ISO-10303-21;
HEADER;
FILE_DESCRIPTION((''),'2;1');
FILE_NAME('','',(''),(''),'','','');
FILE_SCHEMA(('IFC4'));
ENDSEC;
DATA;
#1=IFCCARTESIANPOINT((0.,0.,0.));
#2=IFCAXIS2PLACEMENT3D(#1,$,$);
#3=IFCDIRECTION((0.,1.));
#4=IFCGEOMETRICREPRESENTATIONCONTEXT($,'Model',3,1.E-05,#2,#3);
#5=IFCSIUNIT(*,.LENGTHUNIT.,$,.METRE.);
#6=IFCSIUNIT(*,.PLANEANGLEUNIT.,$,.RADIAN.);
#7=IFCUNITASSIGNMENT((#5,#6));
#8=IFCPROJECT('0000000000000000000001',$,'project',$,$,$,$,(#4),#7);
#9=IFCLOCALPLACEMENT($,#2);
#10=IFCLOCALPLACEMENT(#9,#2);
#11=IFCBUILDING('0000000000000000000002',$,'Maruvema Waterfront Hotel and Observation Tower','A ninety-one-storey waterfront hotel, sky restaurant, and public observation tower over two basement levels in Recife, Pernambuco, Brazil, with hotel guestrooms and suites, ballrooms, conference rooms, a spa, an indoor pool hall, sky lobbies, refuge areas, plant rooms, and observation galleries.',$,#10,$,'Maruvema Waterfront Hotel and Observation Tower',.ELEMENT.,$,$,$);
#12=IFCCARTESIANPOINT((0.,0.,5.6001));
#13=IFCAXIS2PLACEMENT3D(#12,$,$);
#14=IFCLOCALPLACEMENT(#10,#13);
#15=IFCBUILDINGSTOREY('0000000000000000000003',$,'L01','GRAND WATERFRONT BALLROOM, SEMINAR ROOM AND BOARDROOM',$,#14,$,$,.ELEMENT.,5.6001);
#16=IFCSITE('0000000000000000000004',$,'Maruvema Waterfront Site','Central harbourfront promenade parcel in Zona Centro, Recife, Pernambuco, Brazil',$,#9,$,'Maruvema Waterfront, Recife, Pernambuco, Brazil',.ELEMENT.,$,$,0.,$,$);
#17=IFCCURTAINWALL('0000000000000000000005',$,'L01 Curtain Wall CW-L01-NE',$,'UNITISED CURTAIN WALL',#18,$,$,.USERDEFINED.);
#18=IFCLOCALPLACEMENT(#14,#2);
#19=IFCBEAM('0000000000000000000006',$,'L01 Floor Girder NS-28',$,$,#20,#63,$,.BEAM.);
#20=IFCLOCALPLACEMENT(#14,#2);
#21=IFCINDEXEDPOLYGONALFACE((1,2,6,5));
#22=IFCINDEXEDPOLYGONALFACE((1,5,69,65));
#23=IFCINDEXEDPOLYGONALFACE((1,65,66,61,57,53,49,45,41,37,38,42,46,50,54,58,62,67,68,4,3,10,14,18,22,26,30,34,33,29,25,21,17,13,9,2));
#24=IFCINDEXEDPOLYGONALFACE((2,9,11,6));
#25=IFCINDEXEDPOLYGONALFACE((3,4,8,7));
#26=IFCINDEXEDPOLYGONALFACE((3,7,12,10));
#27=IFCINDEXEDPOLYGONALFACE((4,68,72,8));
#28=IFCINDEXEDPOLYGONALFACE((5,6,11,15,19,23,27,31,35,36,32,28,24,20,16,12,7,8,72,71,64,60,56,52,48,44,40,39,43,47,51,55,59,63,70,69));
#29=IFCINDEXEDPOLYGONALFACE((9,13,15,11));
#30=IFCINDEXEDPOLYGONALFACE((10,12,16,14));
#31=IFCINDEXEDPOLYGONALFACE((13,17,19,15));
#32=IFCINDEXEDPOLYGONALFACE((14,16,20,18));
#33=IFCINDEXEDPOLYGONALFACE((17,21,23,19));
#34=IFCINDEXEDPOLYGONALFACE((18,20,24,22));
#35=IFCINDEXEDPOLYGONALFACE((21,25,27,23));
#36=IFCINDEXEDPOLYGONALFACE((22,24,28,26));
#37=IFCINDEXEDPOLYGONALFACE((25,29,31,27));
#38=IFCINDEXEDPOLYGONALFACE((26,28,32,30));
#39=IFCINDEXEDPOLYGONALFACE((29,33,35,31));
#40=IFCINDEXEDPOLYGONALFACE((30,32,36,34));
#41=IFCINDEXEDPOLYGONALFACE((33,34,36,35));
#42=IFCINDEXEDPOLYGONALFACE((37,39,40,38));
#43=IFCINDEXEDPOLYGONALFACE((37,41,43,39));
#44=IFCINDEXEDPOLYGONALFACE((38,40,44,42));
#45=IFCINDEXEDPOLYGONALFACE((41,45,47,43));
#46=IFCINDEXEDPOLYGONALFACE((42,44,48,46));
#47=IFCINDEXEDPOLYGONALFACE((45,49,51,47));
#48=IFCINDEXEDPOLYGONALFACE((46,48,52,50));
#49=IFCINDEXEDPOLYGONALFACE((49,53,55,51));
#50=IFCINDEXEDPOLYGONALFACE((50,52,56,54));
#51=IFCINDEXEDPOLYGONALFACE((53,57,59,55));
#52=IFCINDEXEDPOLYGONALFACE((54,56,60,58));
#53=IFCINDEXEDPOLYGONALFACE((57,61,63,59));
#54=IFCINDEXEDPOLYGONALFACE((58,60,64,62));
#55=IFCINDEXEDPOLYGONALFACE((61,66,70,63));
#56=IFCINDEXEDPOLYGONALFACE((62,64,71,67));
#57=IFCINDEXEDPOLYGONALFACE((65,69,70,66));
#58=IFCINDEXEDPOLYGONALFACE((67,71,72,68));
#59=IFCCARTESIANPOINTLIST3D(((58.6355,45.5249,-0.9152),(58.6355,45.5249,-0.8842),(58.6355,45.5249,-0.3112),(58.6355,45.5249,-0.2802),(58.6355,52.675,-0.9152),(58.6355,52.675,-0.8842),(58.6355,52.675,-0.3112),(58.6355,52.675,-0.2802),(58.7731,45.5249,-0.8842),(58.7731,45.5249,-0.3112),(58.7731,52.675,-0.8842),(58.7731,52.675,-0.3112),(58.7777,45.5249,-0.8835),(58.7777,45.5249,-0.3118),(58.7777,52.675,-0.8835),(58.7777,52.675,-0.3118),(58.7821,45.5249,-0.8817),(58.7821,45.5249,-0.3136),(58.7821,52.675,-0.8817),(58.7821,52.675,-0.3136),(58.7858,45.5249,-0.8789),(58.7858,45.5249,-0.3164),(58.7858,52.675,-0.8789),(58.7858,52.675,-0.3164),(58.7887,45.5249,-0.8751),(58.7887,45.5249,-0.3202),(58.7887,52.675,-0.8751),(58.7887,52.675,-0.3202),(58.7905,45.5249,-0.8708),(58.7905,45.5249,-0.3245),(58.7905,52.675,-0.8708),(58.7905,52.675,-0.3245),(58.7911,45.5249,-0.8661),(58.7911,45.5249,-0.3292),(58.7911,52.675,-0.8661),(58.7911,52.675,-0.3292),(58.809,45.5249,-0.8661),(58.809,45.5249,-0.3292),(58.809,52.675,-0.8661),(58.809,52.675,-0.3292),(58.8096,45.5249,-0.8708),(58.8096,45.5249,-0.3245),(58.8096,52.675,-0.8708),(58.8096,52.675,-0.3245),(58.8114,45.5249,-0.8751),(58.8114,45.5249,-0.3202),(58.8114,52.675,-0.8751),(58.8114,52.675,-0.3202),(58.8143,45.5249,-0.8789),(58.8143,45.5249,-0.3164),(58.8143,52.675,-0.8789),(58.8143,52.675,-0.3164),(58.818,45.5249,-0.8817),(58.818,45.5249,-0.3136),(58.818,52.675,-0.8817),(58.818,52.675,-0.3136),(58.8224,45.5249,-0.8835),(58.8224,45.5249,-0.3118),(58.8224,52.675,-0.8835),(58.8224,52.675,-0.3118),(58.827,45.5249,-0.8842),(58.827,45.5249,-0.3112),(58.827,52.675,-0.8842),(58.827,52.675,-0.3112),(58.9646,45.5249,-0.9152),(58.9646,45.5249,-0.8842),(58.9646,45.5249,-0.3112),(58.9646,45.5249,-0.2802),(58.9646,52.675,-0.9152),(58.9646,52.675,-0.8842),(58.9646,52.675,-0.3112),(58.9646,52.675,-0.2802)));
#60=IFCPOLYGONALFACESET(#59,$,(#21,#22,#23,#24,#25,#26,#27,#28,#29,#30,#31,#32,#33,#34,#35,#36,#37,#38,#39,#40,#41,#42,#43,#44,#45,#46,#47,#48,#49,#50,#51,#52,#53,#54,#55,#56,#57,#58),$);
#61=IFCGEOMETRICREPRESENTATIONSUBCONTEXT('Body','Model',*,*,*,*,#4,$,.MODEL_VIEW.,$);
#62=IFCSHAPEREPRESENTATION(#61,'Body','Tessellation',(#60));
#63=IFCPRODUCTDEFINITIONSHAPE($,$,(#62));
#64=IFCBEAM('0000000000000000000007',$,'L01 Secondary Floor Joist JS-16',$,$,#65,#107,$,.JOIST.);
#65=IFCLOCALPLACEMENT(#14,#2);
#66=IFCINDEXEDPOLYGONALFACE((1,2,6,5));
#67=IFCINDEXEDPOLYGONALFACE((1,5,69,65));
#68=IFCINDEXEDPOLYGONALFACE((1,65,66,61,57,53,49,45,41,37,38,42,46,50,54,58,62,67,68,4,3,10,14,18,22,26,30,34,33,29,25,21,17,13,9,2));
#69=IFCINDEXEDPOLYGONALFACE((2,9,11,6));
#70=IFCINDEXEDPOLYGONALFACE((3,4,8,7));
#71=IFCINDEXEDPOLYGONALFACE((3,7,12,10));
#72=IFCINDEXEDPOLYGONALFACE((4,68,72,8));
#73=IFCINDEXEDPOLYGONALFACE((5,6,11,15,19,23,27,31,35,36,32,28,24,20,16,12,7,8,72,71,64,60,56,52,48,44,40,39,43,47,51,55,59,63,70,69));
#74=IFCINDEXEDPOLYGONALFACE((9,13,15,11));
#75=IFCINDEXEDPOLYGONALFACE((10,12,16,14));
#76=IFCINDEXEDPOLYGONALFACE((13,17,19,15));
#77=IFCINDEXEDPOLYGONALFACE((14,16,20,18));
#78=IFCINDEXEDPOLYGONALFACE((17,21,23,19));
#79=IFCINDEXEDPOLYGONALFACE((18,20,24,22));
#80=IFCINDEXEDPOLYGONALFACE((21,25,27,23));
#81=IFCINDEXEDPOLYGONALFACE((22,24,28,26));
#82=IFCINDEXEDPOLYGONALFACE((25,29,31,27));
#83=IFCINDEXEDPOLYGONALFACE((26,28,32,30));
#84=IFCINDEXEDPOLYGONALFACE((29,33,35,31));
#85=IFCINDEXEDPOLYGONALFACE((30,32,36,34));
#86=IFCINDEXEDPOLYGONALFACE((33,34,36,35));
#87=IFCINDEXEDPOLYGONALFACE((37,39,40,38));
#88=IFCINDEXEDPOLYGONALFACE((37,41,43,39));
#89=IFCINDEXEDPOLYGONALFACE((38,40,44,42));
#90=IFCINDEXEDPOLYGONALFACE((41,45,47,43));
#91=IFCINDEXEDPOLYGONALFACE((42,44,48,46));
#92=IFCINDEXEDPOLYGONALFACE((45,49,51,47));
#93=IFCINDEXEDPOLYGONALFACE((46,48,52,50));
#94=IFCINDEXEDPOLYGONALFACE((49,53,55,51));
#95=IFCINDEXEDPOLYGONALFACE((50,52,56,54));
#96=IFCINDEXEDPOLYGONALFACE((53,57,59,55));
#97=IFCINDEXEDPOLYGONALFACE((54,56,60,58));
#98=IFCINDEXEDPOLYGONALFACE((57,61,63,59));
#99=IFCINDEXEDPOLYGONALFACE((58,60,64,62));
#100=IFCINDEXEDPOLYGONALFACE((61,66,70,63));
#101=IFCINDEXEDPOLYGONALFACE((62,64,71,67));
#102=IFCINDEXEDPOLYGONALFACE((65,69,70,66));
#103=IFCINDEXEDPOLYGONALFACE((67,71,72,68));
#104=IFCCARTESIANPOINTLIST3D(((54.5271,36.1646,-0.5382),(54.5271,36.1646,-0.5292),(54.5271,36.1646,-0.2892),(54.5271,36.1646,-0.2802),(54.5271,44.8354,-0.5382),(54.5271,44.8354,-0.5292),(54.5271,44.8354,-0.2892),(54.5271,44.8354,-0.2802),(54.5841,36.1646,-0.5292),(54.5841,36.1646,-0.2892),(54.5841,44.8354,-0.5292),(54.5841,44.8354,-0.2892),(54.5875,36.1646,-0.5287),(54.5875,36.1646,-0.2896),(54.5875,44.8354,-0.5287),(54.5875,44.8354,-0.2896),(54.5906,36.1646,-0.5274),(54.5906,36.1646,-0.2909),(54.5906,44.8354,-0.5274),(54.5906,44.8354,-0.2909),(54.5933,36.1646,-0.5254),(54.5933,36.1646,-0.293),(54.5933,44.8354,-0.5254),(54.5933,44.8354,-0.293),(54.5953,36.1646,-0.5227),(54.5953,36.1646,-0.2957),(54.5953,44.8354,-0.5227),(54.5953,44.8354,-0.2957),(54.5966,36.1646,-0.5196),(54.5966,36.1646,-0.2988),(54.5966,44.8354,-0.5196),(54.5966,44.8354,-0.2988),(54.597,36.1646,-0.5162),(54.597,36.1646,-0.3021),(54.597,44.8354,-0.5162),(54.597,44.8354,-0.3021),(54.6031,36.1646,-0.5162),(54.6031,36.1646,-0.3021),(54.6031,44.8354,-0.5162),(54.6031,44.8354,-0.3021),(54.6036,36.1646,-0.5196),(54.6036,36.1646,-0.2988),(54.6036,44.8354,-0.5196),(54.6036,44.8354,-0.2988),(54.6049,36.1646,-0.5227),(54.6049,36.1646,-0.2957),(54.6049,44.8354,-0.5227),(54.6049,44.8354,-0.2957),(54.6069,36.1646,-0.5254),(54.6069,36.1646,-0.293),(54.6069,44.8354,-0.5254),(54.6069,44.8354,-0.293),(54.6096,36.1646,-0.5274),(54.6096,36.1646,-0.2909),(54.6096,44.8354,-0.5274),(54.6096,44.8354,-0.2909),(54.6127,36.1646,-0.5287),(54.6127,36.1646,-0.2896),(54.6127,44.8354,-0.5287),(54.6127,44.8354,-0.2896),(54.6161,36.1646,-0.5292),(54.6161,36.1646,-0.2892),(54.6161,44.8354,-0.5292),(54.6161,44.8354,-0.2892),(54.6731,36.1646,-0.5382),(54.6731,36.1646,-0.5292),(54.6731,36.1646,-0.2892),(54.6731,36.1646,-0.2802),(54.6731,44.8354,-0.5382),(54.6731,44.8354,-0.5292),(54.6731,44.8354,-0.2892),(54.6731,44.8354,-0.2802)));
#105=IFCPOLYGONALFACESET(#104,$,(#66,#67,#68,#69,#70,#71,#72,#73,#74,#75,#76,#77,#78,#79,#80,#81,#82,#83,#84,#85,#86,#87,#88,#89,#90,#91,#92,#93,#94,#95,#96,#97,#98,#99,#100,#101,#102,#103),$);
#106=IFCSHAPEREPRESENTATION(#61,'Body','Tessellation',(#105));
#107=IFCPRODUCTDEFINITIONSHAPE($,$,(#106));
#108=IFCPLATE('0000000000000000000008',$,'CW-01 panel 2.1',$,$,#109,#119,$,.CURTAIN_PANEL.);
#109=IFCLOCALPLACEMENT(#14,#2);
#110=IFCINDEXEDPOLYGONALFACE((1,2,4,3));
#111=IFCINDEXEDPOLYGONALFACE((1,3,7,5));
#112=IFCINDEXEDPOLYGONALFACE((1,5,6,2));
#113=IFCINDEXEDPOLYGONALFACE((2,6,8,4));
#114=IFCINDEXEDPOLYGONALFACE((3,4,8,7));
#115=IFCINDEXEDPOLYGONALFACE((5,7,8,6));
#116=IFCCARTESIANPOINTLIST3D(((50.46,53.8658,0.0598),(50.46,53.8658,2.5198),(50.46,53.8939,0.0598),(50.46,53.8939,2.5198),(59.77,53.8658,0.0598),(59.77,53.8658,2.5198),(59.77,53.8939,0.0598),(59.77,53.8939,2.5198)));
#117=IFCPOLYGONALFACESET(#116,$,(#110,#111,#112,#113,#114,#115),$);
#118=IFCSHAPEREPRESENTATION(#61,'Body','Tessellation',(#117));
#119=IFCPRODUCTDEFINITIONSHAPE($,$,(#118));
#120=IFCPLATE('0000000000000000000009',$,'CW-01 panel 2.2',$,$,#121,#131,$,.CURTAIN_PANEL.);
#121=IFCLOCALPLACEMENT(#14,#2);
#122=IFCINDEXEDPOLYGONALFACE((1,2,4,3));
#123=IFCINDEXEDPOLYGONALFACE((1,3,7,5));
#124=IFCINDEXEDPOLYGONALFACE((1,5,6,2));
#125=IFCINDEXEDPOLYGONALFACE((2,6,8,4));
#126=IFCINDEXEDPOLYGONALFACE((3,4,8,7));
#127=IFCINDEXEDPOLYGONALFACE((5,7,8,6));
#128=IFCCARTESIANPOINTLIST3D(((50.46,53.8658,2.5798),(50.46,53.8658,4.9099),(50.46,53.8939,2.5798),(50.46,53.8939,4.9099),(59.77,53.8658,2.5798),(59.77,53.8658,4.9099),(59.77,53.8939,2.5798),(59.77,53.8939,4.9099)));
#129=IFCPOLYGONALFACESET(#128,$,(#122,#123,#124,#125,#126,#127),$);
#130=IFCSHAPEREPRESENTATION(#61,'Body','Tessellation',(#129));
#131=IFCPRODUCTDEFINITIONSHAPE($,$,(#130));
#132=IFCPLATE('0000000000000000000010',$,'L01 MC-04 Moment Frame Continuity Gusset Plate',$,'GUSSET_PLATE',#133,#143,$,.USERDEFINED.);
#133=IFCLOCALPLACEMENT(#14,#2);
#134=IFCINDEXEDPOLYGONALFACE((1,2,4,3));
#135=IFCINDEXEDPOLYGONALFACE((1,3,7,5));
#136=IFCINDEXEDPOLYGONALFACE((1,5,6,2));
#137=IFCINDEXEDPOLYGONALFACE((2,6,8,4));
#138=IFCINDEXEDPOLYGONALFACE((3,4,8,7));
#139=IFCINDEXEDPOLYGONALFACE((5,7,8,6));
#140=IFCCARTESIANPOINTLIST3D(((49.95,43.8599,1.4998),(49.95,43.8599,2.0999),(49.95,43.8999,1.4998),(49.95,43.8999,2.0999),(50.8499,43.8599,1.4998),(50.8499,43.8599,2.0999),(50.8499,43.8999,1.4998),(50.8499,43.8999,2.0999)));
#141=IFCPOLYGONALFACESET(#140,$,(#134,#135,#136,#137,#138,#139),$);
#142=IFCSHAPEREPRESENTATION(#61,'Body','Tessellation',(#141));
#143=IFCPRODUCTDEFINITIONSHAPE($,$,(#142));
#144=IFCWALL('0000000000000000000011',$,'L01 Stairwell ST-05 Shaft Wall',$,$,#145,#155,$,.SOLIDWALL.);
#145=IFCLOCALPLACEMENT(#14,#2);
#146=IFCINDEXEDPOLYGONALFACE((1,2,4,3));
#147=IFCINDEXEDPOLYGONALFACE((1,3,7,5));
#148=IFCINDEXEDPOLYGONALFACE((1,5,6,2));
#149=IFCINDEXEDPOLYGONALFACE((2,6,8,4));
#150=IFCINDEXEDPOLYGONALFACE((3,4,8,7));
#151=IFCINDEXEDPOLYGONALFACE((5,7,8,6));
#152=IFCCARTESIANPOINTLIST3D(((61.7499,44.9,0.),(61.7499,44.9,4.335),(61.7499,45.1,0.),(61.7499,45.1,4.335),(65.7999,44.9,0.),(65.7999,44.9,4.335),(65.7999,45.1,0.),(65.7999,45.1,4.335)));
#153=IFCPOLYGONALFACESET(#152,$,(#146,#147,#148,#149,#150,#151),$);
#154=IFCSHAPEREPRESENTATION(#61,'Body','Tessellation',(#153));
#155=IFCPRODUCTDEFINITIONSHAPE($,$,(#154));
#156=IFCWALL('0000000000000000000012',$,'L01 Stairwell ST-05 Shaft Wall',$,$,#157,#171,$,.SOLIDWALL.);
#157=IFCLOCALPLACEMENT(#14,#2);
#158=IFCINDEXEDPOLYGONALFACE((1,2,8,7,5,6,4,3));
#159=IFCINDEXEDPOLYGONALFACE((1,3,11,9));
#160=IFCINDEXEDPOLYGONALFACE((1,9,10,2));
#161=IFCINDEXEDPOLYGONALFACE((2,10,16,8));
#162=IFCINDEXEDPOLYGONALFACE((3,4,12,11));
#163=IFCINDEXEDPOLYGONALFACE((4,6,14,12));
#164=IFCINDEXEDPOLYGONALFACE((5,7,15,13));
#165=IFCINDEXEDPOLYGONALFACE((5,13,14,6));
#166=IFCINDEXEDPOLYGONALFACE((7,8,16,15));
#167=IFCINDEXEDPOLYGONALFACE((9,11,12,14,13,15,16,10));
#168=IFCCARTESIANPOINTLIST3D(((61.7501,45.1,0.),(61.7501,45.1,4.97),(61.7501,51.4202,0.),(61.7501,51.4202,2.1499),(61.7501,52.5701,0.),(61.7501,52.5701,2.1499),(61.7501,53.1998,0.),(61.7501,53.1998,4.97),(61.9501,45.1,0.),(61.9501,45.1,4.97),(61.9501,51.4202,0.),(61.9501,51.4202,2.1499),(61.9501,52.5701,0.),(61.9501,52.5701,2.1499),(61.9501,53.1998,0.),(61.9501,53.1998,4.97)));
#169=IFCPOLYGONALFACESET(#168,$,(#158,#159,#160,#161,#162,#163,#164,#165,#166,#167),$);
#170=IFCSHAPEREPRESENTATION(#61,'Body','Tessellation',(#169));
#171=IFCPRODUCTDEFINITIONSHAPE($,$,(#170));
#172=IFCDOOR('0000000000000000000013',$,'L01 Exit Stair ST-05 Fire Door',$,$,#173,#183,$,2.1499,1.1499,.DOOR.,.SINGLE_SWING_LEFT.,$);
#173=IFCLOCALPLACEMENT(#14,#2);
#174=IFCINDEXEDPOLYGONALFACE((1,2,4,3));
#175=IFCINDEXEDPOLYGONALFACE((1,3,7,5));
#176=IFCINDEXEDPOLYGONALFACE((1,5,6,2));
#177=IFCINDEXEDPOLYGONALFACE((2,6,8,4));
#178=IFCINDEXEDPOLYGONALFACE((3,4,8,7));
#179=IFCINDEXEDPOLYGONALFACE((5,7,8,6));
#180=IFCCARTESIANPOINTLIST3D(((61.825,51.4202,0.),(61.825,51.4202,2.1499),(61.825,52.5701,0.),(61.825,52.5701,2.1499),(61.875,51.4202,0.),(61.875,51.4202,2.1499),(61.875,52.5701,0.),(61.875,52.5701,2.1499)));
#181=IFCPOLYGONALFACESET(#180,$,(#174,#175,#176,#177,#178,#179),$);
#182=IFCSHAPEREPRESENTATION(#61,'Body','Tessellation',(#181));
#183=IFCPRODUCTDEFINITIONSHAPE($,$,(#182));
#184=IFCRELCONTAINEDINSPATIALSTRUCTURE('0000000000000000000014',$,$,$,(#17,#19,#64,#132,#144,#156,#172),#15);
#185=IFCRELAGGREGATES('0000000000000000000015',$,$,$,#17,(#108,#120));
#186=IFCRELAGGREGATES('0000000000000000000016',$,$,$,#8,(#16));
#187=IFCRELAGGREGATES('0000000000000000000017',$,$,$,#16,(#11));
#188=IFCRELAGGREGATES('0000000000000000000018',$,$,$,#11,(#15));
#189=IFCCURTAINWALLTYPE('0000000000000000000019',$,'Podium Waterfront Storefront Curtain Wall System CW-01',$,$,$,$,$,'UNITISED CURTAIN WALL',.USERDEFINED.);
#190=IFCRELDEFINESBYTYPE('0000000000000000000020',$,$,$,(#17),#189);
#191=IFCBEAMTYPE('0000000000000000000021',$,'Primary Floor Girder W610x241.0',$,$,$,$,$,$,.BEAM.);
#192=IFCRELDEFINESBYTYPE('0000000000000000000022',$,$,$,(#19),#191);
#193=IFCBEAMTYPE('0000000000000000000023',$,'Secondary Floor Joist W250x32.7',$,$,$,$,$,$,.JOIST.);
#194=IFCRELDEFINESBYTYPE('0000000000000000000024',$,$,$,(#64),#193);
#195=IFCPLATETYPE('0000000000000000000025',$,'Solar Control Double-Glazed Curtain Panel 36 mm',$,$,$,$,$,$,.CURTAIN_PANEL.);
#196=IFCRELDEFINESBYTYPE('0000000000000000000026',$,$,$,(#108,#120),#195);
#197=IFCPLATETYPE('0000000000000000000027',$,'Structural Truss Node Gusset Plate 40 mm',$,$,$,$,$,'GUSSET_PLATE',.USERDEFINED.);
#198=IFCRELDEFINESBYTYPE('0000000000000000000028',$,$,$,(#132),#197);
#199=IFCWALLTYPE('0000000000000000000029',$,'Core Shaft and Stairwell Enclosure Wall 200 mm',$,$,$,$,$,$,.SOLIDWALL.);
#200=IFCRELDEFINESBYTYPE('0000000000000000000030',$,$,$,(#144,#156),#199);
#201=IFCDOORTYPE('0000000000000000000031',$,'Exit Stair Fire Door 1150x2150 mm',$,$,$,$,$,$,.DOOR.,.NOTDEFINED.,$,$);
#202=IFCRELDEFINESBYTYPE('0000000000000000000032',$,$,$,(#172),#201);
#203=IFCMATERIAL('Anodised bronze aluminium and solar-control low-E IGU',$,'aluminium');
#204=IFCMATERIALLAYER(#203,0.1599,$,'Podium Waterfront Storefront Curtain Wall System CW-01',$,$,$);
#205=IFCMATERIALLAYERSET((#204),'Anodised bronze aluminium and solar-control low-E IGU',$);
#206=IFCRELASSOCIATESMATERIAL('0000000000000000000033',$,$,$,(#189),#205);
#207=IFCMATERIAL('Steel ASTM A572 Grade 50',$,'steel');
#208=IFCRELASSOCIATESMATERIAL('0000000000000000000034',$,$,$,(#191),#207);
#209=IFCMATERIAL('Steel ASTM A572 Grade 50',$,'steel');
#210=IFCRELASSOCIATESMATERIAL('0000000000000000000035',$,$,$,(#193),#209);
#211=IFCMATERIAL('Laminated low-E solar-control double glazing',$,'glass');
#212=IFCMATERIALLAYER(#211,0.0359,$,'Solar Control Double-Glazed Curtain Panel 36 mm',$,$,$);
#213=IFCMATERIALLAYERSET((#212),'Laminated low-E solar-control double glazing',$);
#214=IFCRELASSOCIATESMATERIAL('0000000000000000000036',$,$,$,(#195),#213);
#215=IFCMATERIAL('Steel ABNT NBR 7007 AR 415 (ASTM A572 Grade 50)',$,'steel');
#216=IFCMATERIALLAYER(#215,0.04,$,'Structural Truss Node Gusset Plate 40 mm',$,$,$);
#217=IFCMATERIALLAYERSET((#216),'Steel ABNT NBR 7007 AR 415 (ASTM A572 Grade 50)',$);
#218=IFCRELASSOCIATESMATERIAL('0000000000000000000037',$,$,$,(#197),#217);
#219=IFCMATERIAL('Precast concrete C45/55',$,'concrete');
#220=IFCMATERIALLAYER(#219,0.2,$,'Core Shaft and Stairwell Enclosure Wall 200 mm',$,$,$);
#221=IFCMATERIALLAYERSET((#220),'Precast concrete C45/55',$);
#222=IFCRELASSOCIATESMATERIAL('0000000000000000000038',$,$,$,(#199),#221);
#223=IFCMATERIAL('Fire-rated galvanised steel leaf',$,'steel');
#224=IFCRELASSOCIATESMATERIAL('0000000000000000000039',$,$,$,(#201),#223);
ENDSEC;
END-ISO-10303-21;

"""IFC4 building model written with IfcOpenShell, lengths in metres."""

from ifc_helpers import new_model, si_unit, direction, frame, frame_2d, origin, origin_2d, place, context, subcontext, project, spatial, rectangle, i_section, extrude, material, layer, layer_set, material_profile, profile_set, type_object, element, fill, aggregate, save


model = new_model("IFC4")

# Units and contexts
model_context = context("Model", 3, precision=1e-05, world=origin(), true_north=direction((0.0, 1.0)))
body_context = subcontext(model_context, "Body", "Model", "MODEL_VIEW")
ifc_project = project(units=[si_unit("LENGTHUNIT", "METRE"), si_unit("PLANEANGLEUNIT", "RADIAN")], contexts=[model_context])

# Site, building, storey
site_placement = place(None, origin())
site = spatial("IfcSite", under=ifc_project, at=site_placement, Name="Maruvema Waterfront Site", Description="Central harbourfront promenade parcel in Zona Centro, Recife, Pernambuco, Brazil", LongName="Maruvema Waterfront, Recife, Pernambuco, Brazil", CompositionType="ELEMENT", RefElevation=0.0)
building_placement = place(site_placement, origin())
building = spatial("IfcBuilding", under=site, at=building_placement, Name="Maruvema Waterfront Hotel and Observation Tower", Description="A ninety-one-storey waterfront hotel, sky restaurant, and public observation tower over two basement levels in Recife, Pernambuco, Brazil, with hotel guestrooms and suites, ballrooms, conference rooms, a spa, an indoor pool hall, sky lobbies, refuge areas, plant rooms, and observation galleries.", LongName="Maruvema Waterfront Hotel and Observation Tower", CompositionType="ELEMENT")
storey_placement = place(building_placement, frame((0.0, 0.0, 5.6001)))
storey = spatial("IfcBuildingStorey", under=building, at=storey_placement, Name="L01", Description="GRAND WATERFRONT BALLROOM, SEMINAR ROOM AND BOARDROOM", CompositionType="ELEMENT", Elevation=5.6001)

# Curtain wall
ifc_material_1 = material(Name="Anodised bronze aluminium and solar-control low-E IGU", Category="aluminium")
ifc_layer_1 = layer(ifc_material_1, 0.1599, Name="Podium Waterfront Storefront Curtain Wall System CW-01")
ifc_layer_set_1 = layer_set([ifc_layer_1], Name="Anodised bronze aluminium and solar-control low-E IGU")
curtain_wall_type = type_object("IfcCurtainWallType", Name="Podium Waterfront Storefront Curtain Wall System CW-01", ElementType="UNITISED CURTAIN WALL", PredefinedType="USERDEFINED", material=ifc_layer_set_1)
curtain_wall_placement = place(storey_placement, origin())
curtain_wall = element("IfcCurtainWall", 1, at=curtain_wall_placement, inside=storey, type_object=curtain_wall_type, Name="L01 Curtain Wall CW-L01-NE", ObjectType="UNITISED CURTAIN WALL", PredefinedType="USERDEFINED")

# Beams
ifc_material_2 = material(Name="Steel ASTM A572 Grade 50", Category="steel")
ifc_material_profile_1 = material_profile(ifc_material_2, i_section(OverallWidth=0.3291, OverallDepth=0.635, WebThickness=0.0178, FlangeThickness=0.031, FilletRadius=0.0181, at=origin_2d()), Name="W610x241.0")
ifc_profile_set_1 = profile_set([ifc_material_profile_1], Name="Steel ASTM A572 Grade 50")
beam_type_1 = type_object("IfcBeamType", Name="Primary Floor Girder W610x241.0", PredefinedType="BEAM", material=ifc_profile_set_1)
beam_1_placement = place(storey_placement, frame((58.8, 45.5249, -0.5977), z_axis=(0.0, 1.0, 0.0), x_axis=(-1.0, 0.0, 0.0)))
element("IfcBeam", 2, at=beam_1_placement, inside=storey, type_object=beam_type_1, Name="L01 Floor Girder NS-28", PredefinedType="BEAM", context=body_context, shape_type="SweptSolid", body=[
    extrude(i_section(OverallWidth=0.3291, OverallDepth=0.635, WebThickness=0.0178, FlangeThickness=0.031, FilletRadius=0.0181, at=origin_2d()), origin(), (0.0, 0.0, 1.0), 7.1501),
])
ifc_material_3 = material(Name="Steel ASTM A572 Grade 50", Category="steel")
ifc_material_profile_2 = material_profile(ifc_material_3, i_section(OverallWidth=0.146, OverallDepth=0.2581, WebThickness=0.0061, FlangeThickness=0.009, FilletRadius=0.0129, at=origin_2d()), Name="W250x32.7")
ifc_profile_set_2 = profile_set([ifc_material_profile_2], Name="Steel ASTM A572 Grade 50")
beam_type_2 = type_object("IfcBeamType", Name="Secondary Floor Joist W250x32.7", PredefinedType="JOIST", material=ifc_profile_set_2)
beam_2_placement = place(storey_placement, frame((54.6001, 36.1646, -0.4092), z_axis=(0.0, 1.0, 0.0), x_axis=(-1.0, 0.0, 0.0)))
element("IfcBeam", 3, at=beam_2_placement, inside=storey, type_object=beam_type_2, Name="L01 Secondary Floor Joist JS-16", PredefinedType="JOIST", context=body_context, shape_type="SweptSolid", body=[
    extrude(i_section(OverallWidth=0.146, OverallDepth=0.2581, WebThickness=0.0061, FlangeThickness=0.009, FilletRadius=0.0129, at=origin_2d()), origin(), (0.0, 0.0, 1.0), 8.6709),
])

# Plates
ifc_material_4 = material(Name="Laminated low-E solar-control double glazing", Category="glass")
ifc_layer_2 = layer(ifc_material_4, 0.0359, Name="Solar Control Double-Glazed Curtain Panel 36 mm")
ifc_layer_set_2 = layer_set([ifc_layer_2], Name="Laminated low-E solar-control double glazing")
plate_type_1 = type_object("IfcPlateType", Name="Solar Control Double-Glazed Curtain Panel 36 mm", PredefinedType="CURTAIN_PANEL", material=ifc_layer_set_2)
plate_1_placement = place(storey_placement, frame((55.115, 53.8799, 0.0598), z_axis=(0.0, 0.0, 1.0), x_axis=(-1.0, 0.0, 0.0)))
plate_1 = element("IfcPlate", 4, at=plate_1_placement, type_object=plate_type_1, Name="CW-01 panel 2.1", PredefinedType="CURTAIN_PANEL", context=body_context, shape_type="SweptSolid", body=[
    extrude(rectangle(XDim=9.3101, YDim=0.0281, at=origin_2d()), origin(), (0.0, 0.0, 1.0), 2.46),
])
plate_2_placement = place(storey_placement, frame((55.115, 53.8799, 2.5798), z_axis=(0.0, 0.0, 1.0), x_axis=(-1.0, 0.0, 0.0)))
plate_2 = element("IfcPlate", 5, at=plate_2_placement, type_object=plate_type_1, Name="CW-01 panel 2.2", PredefinedType="CURTAIN_PANEL", context=body_context, shape_type="SweptSolid", body=[
    extrude(rectangle(XDim=9.3101, YDim=0.0281, at=origin_2d()), origin(), (0.0, 0.0, 1.0), 2.3301),
])
aggregate(curtain_wall, [plate_1, plate_2])
ifc_material_5 = material(Name="Steel ABNT NBR 7007 AR 415 (ASTM A572 Grade 50)", Category="steel")
ifc_layer_3 = layer(ifc_material_5, 0.04, Name="Structural Truss Node Gusset Plate 40 mm")
ifc_layer_set_3 = layer_set([ifc_layer_3], Name="Steel ABNT NBR 7007 AR 415 (ASTM A572 Grade 50)")
plate_type_2 = type_object("IfcPlateType", Name="Structural Truss Node Gusset Plate 40 mm", ElementType="GUSSET_PLATE", PredefinedType="USERDEFINED", material=ifc_layer_set_3)
plate_3_placement = place(storey_placement, frame((50.3999, 43.8799, 1.4998), z_axis=(0.0, 0.0, 1.0), x_axis=(1.0, 0.0, 0.0)))
element("IfcPlate", 6, at=plate_3_placement, inside=storey, type_object=plate_type_2, Name="L01 MC-04 Moment Frame Continuity Gusset Plate", ObjectType="GUSSET_PLATE", PredefinedType="USERDEFINED", context=body_context, shape_type="SweptSolid", body=[
    extrude(rectangle(XDim=0.8999, YDim=0.04, at=origin_2d()), origin(), (0.0, 0.0, 1.0), 0.6001),
])

# Wall
ifc_material_6 = material(Name="Precast concrete C45/55", Category="concrete")
ifc_layer_4 = layer(ifc_material_6, 0.2, Name="Core Shaft and Stairwell Enclosure Wall 200 mm")
ifc_layer_set_4 = layer_set([ifc_layer_4], Name="Precast concrete C45/55")
wall_type = type_object("IfcWallType", Name="Core Shaft and Stairwell Enclosure Wall 200 mm", PredefinedType="SOLIDWALL", material=ifc_layer_set_4)
wall_1_placement = place(storey_placement, frame((61.75, 45.0, 0.0), z_axis=(0.0, 0.0, 1.0), x_axis=(1.0, 0.0, 0.0)))
element("IfcWall", 7, at=wall_1_placement, inside=storey, type_object=wall_type, Name="L01 Stairwell ST-05 Shaft Wall", PredefinedType="SOLIDWALL", context=body_context, shape_type="SweptSolid", body=[
    extrude(rectangle(XDim=4.05, YDim=0.2, at=frame_2d((2.0249, 0.0))), origin(), (0.0, 0.0, 1.0), 4.335),
])

# Wall, opening, door
wall_2_placement = place(storey_placement, frame((61.8501, 45.1001, 0.0), z_axis=(0.0, 0.0, 1.0), x_axis=(0.0, 1.0, 0.0)))
wall_2 = element("IfcWall", 8, at=wall_2_placement, inside=storey, type_object=wall_type, Name="L01 Stairwell ST-05 Shaft Wall", PredefinedType="SOLIDWALL", context=body_context, shape_type="SweptSolid", body=[
    extrude(rectangle(XDim=8.0999, YDim=0.2, at=frame_2d((4.0498, 0.0))), origin(), (0.0, 0.0, 1.0), 4.97),
])
opening_placement = place(wall_2_placement, frame((6.3201, 0.0, 0.0)))
opening = element("IfcOpeningElement", 9, at=opening_placement, cuts=wall_2, PredefinedType="OPENING", context=body_context, shape_type="SweptSolid", body=[
    extrude(rectangle(XDim=1.1499, YDim=2.1499, at=frame_2d((0.575, 1.075))), frame((0.0, 0.1099, 0.0), z_axis=(0.0, -1.0, 0.0), x_axis=(1.0, 0.0, 0.0)), (0.0, 0.0, 1.0), 0.22),
])
ifc_material_7 = material(Name="Fire-rated galvanised steel leaf", Category="steel")
door_type = type_object("IfcDoorType", Name="Exit Stair Fire Door 1150x2150 mm", OperationType="NOTDEFINED", PredefinedType="DOOR", material=ifc_material_7)
door_placement = place(opening_placement, frame((1.1499, 0.0, 0.0), z_axis=(0.0, 0.0, 1.0), x_axis=(-1.0, 0.0, 0.0)))
door = element("IfcDoor", 10, at=door_placement, inside=storey, type_object=door_type, Name="L01 Exit Stair ST-05 Fire Door", OperationType="SINGLE_SWING_LEFT", OverallHeight=2.1499, OverallWidth=1.1499, PredefinedType="DOOR", context=body_context, shape_type="SweptSolid", body=[
    extrude(rectangle(XDim=1.1499, YDim=2.1499, at=frame_2d((0.575, 1.075))), frame((0.0, 0.0249, 0.0), z_axis=(0.0, -1.0, 0.0), x_axis=(1.0, 0.0, 0.0)), (0.0, 0.0, 1.0), 0.05),
])
fill(opening, door)

save(model, "model.ifc")
